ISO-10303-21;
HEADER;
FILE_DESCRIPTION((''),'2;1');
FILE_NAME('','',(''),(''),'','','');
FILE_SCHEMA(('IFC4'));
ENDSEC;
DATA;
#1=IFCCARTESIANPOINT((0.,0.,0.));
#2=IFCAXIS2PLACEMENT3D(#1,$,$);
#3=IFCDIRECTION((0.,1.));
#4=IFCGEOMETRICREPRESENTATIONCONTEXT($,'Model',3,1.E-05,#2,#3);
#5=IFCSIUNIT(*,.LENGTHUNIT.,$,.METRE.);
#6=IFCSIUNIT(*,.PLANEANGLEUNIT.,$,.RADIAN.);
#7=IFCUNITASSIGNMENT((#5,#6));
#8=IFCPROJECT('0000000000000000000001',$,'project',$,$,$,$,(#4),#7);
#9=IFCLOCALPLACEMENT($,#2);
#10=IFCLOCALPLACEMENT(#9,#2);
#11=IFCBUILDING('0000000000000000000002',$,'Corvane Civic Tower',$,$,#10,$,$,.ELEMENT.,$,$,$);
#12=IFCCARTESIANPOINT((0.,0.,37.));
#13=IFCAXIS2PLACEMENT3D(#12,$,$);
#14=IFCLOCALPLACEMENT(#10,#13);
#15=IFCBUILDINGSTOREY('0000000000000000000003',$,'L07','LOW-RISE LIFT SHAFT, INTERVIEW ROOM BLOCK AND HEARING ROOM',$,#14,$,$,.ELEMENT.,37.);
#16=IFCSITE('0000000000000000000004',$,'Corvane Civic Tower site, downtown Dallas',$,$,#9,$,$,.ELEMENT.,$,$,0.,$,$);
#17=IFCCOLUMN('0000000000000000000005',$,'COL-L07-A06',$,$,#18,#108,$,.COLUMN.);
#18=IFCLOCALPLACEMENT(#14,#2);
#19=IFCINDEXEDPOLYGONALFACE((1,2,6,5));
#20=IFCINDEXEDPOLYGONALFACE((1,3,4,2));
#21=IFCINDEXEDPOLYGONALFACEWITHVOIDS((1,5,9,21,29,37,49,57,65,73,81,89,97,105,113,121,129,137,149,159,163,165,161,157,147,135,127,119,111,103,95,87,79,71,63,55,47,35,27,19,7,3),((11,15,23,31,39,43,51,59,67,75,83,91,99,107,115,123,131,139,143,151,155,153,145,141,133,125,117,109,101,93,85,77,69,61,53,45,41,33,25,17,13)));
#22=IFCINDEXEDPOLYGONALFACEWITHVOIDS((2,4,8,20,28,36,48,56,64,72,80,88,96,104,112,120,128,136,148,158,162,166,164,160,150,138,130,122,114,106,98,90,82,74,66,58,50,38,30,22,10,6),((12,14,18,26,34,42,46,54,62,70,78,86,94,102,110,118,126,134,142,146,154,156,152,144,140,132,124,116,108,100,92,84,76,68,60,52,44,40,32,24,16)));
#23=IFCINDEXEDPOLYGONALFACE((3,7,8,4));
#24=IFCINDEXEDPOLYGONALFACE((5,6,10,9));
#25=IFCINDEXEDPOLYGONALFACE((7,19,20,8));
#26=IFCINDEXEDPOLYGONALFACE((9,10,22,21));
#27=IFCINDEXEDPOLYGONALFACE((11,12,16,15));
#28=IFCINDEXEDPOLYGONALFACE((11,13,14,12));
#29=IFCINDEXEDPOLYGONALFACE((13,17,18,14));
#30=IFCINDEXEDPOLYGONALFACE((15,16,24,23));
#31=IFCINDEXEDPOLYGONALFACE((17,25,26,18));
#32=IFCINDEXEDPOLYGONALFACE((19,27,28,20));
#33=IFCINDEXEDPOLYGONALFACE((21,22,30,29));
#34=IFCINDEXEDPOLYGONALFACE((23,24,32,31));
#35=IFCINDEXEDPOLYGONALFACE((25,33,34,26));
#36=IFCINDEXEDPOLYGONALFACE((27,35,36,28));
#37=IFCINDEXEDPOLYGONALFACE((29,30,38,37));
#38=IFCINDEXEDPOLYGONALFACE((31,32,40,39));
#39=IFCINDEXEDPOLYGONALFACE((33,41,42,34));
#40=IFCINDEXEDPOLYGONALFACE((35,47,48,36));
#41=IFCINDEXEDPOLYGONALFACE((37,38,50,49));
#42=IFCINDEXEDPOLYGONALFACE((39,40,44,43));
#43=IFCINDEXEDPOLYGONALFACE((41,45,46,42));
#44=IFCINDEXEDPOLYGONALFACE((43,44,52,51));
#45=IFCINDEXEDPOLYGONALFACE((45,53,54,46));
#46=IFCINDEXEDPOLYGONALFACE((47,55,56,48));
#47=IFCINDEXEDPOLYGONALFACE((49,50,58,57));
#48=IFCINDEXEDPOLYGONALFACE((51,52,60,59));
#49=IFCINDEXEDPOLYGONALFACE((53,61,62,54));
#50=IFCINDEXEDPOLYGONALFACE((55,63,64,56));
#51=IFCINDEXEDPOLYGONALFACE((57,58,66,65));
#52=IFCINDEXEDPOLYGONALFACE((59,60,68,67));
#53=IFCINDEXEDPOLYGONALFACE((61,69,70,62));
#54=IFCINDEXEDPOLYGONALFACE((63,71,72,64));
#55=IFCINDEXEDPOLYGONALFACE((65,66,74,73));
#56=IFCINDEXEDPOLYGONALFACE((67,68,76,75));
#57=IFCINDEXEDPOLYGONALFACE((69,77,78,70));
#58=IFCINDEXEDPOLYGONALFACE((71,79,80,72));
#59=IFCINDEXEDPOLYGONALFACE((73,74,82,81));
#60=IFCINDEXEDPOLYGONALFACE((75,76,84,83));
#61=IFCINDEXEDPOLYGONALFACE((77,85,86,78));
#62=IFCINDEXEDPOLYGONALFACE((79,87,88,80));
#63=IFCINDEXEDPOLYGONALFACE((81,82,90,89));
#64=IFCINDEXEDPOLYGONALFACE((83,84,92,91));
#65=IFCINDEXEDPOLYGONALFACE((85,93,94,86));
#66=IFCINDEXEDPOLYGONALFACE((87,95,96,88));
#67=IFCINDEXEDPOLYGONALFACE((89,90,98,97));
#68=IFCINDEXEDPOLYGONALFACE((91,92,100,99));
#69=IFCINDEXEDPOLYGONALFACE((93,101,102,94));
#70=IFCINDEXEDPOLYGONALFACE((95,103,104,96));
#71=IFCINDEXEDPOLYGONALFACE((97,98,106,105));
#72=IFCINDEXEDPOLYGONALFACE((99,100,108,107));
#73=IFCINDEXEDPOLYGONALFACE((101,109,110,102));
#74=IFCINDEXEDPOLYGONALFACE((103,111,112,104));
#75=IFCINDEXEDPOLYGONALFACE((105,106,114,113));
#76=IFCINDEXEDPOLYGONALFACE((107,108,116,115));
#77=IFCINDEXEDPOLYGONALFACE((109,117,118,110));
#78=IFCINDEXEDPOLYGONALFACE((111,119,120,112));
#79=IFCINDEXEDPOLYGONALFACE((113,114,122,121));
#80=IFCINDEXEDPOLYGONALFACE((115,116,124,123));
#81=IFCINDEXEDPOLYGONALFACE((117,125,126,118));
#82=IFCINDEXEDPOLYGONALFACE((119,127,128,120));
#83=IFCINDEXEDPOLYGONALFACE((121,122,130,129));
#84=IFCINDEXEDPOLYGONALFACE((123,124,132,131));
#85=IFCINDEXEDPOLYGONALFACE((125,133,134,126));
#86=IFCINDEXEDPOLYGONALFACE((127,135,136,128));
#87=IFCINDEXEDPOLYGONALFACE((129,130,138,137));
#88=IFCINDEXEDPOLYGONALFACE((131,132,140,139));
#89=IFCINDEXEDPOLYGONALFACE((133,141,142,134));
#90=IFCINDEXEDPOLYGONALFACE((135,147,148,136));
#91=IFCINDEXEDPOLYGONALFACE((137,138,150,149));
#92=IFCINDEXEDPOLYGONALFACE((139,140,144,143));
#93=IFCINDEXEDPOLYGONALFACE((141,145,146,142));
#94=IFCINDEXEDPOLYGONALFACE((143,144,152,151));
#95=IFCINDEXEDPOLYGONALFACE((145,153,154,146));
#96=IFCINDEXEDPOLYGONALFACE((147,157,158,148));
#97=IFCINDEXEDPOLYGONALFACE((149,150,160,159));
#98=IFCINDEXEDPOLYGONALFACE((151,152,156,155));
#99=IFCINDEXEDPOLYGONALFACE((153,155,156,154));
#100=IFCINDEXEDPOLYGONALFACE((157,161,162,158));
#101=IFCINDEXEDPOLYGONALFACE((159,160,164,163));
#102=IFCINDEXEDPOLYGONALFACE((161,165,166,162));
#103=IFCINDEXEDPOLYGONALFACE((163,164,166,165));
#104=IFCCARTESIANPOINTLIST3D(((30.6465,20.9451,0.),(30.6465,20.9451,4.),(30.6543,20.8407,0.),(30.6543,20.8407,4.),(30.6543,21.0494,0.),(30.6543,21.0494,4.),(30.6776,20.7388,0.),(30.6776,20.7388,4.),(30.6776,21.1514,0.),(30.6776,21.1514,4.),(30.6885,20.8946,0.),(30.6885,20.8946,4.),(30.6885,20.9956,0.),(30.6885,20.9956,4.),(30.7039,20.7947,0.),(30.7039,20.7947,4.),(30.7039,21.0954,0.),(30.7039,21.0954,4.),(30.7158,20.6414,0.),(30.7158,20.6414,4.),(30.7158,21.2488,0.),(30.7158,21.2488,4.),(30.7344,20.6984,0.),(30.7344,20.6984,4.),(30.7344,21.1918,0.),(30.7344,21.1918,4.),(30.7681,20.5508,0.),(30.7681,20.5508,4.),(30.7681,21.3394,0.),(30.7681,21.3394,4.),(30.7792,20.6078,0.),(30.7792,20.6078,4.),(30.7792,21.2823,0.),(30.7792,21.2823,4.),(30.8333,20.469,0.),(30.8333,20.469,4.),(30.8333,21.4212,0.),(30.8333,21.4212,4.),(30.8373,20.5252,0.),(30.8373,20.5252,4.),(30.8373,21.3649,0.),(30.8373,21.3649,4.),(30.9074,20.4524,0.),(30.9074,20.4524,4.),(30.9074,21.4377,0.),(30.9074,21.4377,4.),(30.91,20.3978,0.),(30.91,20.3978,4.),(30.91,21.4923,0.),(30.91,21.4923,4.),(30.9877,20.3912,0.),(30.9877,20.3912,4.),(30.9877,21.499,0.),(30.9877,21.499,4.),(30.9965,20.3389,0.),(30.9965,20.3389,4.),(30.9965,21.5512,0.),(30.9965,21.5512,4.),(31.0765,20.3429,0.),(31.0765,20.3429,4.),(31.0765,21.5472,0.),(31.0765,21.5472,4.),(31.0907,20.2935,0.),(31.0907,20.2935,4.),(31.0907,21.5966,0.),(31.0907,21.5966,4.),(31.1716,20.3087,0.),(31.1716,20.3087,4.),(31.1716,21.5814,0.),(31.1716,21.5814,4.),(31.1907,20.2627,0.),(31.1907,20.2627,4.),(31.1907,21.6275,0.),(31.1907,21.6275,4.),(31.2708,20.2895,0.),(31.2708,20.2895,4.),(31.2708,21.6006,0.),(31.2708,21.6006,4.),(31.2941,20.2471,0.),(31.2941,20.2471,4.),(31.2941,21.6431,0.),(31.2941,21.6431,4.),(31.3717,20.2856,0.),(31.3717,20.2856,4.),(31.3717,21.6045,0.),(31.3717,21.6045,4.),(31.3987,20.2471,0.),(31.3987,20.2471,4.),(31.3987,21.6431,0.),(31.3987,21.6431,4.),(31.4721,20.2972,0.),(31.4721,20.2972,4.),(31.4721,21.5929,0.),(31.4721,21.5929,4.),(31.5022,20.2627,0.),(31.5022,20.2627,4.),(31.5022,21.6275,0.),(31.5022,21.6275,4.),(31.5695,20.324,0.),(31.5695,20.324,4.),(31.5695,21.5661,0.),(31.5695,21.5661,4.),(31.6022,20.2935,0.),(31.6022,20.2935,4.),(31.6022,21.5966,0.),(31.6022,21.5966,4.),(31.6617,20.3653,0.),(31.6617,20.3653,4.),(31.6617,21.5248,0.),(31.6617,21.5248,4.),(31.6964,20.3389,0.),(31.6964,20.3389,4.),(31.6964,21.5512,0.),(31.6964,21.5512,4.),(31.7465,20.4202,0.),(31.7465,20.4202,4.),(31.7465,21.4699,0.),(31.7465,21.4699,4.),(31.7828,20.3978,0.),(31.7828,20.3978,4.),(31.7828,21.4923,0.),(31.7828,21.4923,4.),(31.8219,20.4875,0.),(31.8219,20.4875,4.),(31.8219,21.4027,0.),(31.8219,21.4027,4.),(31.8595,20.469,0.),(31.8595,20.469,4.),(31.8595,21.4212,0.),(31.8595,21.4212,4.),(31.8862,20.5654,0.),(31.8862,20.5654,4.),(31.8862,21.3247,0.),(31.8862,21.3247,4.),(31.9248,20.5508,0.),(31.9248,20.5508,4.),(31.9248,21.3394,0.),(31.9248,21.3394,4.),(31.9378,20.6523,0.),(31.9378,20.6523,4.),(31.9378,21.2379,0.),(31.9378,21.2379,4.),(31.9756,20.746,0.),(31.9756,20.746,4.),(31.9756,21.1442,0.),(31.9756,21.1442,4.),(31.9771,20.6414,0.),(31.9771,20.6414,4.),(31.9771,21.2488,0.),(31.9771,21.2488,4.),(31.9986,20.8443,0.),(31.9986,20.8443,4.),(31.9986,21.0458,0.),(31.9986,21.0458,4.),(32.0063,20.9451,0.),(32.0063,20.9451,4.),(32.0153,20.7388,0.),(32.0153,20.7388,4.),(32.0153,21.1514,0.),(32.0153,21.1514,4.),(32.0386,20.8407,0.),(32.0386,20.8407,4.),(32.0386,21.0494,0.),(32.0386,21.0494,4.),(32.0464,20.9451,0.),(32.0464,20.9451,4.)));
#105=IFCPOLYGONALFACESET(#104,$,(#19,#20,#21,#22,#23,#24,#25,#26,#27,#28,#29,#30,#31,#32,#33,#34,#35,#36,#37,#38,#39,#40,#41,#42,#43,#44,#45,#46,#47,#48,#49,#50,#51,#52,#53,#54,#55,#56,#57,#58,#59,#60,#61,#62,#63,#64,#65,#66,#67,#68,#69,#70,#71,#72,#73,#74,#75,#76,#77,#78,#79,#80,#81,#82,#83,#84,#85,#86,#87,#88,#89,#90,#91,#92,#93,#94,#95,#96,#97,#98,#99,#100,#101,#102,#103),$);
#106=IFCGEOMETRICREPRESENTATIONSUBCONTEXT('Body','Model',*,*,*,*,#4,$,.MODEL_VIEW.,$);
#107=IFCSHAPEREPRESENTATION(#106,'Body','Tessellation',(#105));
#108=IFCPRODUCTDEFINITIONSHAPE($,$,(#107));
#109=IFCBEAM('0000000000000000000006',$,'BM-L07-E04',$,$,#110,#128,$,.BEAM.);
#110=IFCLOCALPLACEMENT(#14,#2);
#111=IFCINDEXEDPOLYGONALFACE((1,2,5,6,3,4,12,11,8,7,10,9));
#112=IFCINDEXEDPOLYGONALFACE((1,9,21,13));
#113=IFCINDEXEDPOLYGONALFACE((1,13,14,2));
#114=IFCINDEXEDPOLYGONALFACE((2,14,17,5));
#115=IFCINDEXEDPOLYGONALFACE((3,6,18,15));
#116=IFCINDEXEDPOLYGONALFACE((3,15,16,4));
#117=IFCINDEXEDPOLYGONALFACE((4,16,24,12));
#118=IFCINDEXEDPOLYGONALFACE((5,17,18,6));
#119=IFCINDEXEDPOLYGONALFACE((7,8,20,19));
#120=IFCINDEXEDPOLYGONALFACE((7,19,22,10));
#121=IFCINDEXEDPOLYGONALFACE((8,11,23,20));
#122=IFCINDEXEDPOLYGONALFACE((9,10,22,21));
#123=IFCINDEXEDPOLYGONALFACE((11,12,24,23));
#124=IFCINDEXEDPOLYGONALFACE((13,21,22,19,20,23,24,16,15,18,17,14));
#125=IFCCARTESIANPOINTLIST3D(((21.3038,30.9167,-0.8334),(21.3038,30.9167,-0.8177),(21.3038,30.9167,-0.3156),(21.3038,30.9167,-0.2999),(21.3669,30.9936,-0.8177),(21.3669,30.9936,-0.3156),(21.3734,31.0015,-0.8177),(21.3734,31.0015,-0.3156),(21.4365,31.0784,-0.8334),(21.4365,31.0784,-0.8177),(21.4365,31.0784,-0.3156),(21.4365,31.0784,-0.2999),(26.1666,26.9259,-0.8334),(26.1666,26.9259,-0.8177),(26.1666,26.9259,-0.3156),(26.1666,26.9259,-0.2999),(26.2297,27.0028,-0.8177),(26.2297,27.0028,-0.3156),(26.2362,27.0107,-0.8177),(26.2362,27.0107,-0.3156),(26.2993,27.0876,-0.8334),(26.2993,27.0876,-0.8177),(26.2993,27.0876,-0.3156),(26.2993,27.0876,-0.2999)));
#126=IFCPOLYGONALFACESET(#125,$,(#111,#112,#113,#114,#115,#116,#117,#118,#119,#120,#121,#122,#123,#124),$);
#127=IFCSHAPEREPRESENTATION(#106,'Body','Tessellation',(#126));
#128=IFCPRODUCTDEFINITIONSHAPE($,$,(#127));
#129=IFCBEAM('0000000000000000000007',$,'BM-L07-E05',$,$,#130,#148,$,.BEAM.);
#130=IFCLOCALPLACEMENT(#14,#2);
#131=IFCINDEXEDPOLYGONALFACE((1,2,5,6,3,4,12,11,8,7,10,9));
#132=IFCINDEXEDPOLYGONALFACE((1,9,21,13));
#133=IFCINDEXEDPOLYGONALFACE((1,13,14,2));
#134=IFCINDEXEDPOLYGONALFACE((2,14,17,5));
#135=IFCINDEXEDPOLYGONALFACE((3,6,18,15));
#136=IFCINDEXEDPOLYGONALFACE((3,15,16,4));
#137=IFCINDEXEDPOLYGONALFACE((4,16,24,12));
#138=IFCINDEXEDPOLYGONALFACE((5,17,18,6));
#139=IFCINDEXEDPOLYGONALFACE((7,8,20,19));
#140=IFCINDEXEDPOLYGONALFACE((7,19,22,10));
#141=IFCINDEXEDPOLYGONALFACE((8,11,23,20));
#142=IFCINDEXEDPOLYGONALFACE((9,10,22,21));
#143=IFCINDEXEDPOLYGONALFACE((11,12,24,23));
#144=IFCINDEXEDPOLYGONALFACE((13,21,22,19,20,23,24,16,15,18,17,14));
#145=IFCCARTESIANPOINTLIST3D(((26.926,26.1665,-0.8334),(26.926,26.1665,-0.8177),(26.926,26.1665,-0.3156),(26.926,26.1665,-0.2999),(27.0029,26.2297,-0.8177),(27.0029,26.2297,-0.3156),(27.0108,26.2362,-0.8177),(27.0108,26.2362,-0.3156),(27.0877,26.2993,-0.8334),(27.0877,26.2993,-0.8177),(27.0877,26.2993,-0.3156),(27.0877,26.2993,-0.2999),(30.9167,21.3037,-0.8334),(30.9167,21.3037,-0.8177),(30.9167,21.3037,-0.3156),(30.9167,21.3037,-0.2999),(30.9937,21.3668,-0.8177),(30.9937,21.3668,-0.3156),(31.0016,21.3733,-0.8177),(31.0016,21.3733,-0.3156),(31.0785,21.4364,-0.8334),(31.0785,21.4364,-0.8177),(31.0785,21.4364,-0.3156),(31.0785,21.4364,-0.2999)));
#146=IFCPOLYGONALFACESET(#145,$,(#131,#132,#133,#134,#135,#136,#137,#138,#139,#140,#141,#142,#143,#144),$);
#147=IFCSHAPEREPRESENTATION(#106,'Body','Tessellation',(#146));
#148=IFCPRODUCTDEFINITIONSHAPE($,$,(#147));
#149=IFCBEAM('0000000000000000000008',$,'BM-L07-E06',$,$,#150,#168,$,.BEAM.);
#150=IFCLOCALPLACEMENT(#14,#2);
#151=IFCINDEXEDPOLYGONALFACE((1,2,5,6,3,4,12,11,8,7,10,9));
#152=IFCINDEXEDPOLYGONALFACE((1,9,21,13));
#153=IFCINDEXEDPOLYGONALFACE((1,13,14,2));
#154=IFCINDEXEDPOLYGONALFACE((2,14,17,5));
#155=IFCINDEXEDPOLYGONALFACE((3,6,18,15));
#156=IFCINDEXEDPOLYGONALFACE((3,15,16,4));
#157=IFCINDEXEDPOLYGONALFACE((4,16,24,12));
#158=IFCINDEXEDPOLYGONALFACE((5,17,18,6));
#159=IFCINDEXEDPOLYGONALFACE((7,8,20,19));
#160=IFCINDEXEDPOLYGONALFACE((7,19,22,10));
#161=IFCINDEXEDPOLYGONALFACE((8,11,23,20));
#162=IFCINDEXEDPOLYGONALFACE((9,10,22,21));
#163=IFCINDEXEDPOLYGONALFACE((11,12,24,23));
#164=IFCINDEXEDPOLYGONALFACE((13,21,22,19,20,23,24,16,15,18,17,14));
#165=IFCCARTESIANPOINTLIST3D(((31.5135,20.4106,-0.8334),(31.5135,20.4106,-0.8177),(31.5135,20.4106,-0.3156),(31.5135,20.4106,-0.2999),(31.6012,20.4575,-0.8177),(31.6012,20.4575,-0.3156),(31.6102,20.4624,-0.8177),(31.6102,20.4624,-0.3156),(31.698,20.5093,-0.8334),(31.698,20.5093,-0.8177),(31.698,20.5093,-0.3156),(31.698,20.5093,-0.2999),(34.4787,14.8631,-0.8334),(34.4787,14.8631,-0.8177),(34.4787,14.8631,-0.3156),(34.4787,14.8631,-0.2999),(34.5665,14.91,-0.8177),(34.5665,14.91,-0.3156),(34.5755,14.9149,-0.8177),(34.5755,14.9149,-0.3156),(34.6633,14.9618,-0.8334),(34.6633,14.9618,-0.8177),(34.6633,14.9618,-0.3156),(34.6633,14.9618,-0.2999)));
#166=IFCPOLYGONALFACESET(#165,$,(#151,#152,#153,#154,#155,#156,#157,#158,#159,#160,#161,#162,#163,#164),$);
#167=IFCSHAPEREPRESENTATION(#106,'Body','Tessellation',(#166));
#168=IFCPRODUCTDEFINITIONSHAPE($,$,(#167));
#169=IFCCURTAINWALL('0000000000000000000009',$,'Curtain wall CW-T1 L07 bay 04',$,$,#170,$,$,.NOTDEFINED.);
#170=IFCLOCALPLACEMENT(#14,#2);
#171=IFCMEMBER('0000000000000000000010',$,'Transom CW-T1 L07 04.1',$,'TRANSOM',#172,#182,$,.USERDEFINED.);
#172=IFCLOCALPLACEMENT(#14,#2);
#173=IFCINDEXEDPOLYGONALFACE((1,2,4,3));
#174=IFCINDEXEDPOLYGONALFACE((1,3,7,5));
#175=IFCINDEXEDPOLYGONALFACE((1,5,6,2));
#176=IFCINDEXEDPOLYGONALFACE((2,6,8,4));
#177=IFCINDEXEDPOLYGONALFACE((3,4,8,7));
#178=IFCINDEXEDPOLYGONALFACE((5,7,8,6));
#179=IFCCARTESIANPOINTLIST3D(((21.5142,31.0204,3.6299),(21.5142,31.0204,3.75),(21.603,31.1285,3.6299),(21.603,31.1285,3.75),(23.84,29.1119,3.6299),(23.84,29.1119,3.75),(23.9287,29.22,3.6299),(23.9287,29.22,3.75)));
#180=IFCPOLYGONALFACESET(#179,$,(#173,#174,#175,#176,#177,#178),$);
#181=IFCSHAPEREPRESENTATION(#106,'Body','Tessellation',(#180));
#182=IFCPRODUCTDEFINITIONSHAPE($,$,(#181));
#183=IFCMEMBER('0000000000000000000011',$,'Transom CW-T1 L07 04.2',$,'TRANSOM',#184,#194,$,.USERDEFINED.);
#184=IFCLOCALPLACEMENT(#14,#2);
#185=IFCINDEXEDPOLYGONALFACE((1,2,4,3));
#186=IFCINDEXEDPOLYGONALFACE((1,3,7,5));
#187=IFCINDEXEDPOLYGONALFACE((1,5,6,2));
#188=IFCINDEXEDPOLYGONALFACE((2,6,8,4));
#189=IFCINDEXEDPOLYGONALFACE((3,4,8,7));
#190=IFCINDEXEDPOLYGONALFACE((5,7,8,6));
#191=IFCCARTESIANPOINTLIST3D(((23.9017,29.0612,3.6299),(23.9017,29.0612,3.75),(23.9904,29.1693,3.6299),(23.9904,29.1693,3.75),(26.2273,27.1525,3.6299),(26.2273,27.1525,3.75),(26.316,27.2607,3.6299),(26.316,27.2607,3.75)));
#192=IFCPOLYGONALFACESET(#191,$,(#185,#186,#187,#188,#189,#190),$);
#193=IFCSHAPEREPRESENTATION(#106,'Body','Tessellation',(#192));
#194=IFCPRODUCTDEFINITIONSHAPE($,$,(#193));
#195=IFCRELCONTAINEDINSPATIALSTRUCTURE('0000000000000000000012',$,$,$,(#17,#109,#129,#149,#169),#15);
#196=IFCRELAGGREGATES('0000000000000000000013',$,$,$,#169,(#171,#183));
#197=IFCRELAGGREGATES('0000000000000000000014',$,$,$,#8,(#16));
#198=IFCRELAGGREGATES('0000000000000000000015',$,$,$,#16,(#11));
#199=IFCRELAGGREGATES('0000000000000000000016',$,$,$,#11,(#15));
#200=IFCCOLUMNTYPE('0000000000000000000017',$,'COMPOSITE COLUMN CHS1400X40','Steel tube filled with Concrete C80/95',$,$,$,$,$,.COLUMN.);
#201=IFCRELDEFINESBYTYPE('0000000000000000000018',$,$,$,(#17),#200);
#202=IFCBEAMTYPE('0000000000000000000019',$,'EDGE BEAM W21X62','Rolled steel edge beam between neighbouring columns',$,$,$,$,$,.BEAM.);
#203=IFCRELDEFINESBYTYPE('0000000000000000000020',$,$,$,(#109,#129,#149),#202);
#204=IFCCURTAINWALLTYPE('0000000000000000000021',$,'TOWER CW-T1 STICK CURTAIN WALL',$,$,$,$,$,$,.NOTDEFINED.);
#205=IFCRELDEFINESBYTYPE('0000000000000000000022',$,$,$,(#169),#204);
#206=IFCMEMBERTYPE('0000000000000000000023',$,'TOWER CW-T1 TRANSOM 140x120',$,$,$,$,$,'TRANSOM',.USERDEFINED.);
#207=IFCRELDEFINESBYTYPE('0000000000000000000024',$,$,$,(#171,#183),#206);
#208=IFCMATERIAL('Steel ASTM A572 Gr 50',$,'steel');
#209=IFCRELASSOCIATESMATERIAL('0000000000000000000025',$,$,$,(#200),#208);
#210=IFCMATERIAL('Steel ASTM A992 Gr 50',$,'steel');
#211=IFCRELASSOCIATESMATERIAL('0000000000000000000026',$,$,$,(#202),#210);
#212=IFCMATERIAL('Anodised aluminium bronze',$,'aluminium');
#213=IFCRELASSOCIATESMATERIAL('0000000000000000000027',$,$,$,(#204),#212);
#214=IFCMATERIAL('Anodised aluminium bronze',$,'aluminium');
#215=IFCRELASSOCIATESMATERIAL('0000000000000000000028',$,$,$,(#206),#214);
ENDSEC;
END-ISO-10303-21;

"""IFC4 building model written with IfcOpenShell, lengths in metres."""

from ifc_helpers import new_model, si_unit, direction, frame, origin, origin_2d, place, context, subcontext, project, spatial, rectangle, hollow_circle, i_section, extrude, material, material_profile, profile_set, type_object, element, aggregate, save


model = new_model("IFC4")

# Units and contexts
model_context = context("Model", 3, precision=1e-05, world=origin(), true_north=direction((0.0, 1.0)))
body_context = subcontext(model_context, "Body", "Model", "MODEL_VIEW")
ifc_project = project(units=[si_unit("LENGTHUNIT", "METRE"), si_unit("PLANEANGLEUNIT", "RADIAN")], contexts=[model_context])

# Site, building, storey
site_placement = place(None, origin())
site = spatial("IfcSite", under=ifc_project, at=site_placement, Name="Corvane Civic Tower site, downtown Dallas", CompositionType="ELEMENT", RefElevation=0.0)
building_placement = place(site_placement, origin())
building = spatial("IfcBuilding", under=site, at=building_placement, Name="Corvane Civic Tower", CompositionType="ELEMENT")
storey_placement = place(building_placement, frame((0.0, 0.0, 37.0)))
storey = spatial("IfcBuildingStorey", under=building, at=storey_placement, Name="L07", Description="LOW-RISE LIFT SHAFT, INTERVIEW ROOM BLOCK AND HEARING ROOM", CompositionType="ELEMENT", Elevation=37.0)

# Column
ifc_material_1 = material(Name="Steel ASTM A572 Gr 50", Category="steel")
ifc_material_profile_1 = material_profile(ifc_material_1, hollow_circle(Radius=0.7, WallThickness=0.04, at=origin_2d()), Name="CHS1400X40")
ifc_profile_set_1 = profile_set([ifc_material_profile_1], Name="Steel ASTM A572 Gr 50")
column_type = type_object("IfcColumnType", Name="COMPOSITE COLUMN CHS1400X40", Description="Steel tube filled with Concrete C80/95", PredefinedType="COLUMN", material=ifc_profile_set_1)
for number, where, z_axis, x_axis, name in (
    (1, (31.3464, 20.9451, 0.0), (0.0, 0.0, 1.0), (1.0, 0.0, 0.0), "COL-L07-A06"),
):
    element("IfcColumn", number, at=place(storey_placement, frame(where, z_axis=z_axis, x_axis=x_axis)), inside=storey, type_object=column_type, Name=name, PredefinedType="COLUMN", context=body_context, shape_type="SweptSolid", body=[
        extrude(hollow_circle(Radius=0.7, WallThickness=0.04, at=origin_2d()), origin(), (0.0, 0.0, 1.0), 4.0),
    ])

# Beams
ifc_material_2 = material(Name="Steel ASTM A992 Gr 50", Category="steel")
ifc_material_profile_2 = material_profile(ifc_material_2, i_section(OverallWidth=0.2092, OverallDepth=0.5334, WebThickness=0.0103, FlangeThickness=0.0156, at=origin_2d()), Name="W21X62")
ifc_profile_set_2 = profile_set([ifc_material_profile_2], Name="Steel ASTM A992 Gr 50")
beam_type = type_object("IfcBeamType", Name="EDGE BEAM W21X62", Description="Rolled steel edge beam between neighbouring columns", PredefinedType="BEAM", material=ifc_profile_set_2)
for number, where, z_axis, x_axis, name in (
    (2, (21.3701, 30.9976, -0.5667), (0.773016, -0.634387, 0.0), (0.634387, 0.773016, 0.0), "BM-L07-E04"),
    (3, (27.0068, 26.2329, -0.5667), (0.634387, -0.773016, 0.0), (0.773016, 0.634387, 0.0), "BM-L07-E05"),
):
    element("IfcBeam", number, at=place(storey_placement, frame(where, z_axis=z_axis, x_axis=x_axis)), inside=storey, type_object=beam_type, Name=name, PredefinedType="BEAM", context=body_context, shape_type="SweptSolid", body=[
        extrude(i_section(OverallWidth=0.2092, OverallDepth=0.5334, WebThickness=0.0103, FlangeThickness=0.0156, at=origin_2d()), origin(), (0.0, 0.0, 1.0), 6.2908),
    ])
beam_placement = place(storey_placement, frame((31.6057, 20.46, -0.5667), z_axis=(0.471406, -0.881916, 0.0), x_axis=(0.881916, 0.471406, 0.0)))
element("IfcBeam", 4, at=beam_placement, inside=storey, type_object=beam_type, Name="BM-L07-E06", PredefinedType="BEAM", context=body_context, shape_type="SweptSolid", body=[
    extrude(i_section(OverallWidth=0.2092, OverallDepth=0.5334, WebThickness=0.0103, FlangeThickness=0.0156, at=origin_2d()), origin(), (0.0, 0.0, 1.0), 6.2903),
])

# Curtain wall, members
ifc_material_3 = material(Name="Anodised aluminium bronze", Category="aluminium")
curtain_wall_type = type_object("IfcCurtainWallType", Name="TOWER CW-T1 STICK CURTAIN WALL", PredefinedType="NOTDEFINED", material=ifc_material_3)
curtain_wall_1_placement = place(storey_placement, origin())
curtain_wall_1 = element("IfcCurtainWall", 5, at=curtain_wall_1_placement, inside=storey, type_object=curtain_wall_type, Name="Curtain wall CW-T1 L07 bay 04", PredefinedType="NOTDEFINED")
ifc_material_4 = material(Name="Anodised aluminium bronze", Category="aluminium")
ifc_material_profile_3 = material_profile(ifc_material_4, rectangle(XDim=0.1399, YDim=0.1201, at=origin_2d()), Name="TOWER CW-T1 TRANSOM 140x120")
ifc_profile_set_3 = profile_set([ifc_material_profile_3], Name="Anodised aluminium bronze")
member_type_1 = type_object("IfcMemberType", Name="TOWER CW-T1 TRANSOM 140x120", ElementType="TRANSOM", PredefinedType="USERDEFINED", material=ifc_profile_set_3)
member_1_placement = place(storey_placement, frame((21.5586, 31.0745, 3.6899), z_axis=(0.773042, -0.634355, 0.0), x_axis=(0.634355, 0.773042, 0.0)))
member_1 = element("IfcMember", 6, at=member_1_placement, type_object=member_type_1, Name="Transom CW-T1 L07 04.1", ObjectType="TRANSOM", PredefinedType="USERDEFINED", context=body_context, shape_type="SweptSolid", body=[
    extrude(rectangle(XDim=0.1399, YDim=0.1201, at=origin_2d()), origin(), (0.0, 0.0, 1.0), 3.0085),
])
member_2_placement = place(storey_placement, frame((23.946, 29.1152, 3.6899), z_axis=(0.773002, -0.634404, 0.0), x_axis=(0.634404, 0.773002, 0.0)))
member_2 = element("IfcMember", 7, at=member_2_placement, type_object=member_type_1, Name="Transom CW-T1 L07 04.2", ObjectType="TRANSOM", PredefinedType="USERDEFINED", context=body_context, shape_type="SweptSolid", body=[
    extrude(rectangle(XDim=0.1399, YDim=0.1201, at=origin_2d()), origin(), (0.0, 0.0, 1.0), 3.0085),
])

aggregate(curtain_wall_1, [member_1, member_2])

save(model, "model.ifc")
